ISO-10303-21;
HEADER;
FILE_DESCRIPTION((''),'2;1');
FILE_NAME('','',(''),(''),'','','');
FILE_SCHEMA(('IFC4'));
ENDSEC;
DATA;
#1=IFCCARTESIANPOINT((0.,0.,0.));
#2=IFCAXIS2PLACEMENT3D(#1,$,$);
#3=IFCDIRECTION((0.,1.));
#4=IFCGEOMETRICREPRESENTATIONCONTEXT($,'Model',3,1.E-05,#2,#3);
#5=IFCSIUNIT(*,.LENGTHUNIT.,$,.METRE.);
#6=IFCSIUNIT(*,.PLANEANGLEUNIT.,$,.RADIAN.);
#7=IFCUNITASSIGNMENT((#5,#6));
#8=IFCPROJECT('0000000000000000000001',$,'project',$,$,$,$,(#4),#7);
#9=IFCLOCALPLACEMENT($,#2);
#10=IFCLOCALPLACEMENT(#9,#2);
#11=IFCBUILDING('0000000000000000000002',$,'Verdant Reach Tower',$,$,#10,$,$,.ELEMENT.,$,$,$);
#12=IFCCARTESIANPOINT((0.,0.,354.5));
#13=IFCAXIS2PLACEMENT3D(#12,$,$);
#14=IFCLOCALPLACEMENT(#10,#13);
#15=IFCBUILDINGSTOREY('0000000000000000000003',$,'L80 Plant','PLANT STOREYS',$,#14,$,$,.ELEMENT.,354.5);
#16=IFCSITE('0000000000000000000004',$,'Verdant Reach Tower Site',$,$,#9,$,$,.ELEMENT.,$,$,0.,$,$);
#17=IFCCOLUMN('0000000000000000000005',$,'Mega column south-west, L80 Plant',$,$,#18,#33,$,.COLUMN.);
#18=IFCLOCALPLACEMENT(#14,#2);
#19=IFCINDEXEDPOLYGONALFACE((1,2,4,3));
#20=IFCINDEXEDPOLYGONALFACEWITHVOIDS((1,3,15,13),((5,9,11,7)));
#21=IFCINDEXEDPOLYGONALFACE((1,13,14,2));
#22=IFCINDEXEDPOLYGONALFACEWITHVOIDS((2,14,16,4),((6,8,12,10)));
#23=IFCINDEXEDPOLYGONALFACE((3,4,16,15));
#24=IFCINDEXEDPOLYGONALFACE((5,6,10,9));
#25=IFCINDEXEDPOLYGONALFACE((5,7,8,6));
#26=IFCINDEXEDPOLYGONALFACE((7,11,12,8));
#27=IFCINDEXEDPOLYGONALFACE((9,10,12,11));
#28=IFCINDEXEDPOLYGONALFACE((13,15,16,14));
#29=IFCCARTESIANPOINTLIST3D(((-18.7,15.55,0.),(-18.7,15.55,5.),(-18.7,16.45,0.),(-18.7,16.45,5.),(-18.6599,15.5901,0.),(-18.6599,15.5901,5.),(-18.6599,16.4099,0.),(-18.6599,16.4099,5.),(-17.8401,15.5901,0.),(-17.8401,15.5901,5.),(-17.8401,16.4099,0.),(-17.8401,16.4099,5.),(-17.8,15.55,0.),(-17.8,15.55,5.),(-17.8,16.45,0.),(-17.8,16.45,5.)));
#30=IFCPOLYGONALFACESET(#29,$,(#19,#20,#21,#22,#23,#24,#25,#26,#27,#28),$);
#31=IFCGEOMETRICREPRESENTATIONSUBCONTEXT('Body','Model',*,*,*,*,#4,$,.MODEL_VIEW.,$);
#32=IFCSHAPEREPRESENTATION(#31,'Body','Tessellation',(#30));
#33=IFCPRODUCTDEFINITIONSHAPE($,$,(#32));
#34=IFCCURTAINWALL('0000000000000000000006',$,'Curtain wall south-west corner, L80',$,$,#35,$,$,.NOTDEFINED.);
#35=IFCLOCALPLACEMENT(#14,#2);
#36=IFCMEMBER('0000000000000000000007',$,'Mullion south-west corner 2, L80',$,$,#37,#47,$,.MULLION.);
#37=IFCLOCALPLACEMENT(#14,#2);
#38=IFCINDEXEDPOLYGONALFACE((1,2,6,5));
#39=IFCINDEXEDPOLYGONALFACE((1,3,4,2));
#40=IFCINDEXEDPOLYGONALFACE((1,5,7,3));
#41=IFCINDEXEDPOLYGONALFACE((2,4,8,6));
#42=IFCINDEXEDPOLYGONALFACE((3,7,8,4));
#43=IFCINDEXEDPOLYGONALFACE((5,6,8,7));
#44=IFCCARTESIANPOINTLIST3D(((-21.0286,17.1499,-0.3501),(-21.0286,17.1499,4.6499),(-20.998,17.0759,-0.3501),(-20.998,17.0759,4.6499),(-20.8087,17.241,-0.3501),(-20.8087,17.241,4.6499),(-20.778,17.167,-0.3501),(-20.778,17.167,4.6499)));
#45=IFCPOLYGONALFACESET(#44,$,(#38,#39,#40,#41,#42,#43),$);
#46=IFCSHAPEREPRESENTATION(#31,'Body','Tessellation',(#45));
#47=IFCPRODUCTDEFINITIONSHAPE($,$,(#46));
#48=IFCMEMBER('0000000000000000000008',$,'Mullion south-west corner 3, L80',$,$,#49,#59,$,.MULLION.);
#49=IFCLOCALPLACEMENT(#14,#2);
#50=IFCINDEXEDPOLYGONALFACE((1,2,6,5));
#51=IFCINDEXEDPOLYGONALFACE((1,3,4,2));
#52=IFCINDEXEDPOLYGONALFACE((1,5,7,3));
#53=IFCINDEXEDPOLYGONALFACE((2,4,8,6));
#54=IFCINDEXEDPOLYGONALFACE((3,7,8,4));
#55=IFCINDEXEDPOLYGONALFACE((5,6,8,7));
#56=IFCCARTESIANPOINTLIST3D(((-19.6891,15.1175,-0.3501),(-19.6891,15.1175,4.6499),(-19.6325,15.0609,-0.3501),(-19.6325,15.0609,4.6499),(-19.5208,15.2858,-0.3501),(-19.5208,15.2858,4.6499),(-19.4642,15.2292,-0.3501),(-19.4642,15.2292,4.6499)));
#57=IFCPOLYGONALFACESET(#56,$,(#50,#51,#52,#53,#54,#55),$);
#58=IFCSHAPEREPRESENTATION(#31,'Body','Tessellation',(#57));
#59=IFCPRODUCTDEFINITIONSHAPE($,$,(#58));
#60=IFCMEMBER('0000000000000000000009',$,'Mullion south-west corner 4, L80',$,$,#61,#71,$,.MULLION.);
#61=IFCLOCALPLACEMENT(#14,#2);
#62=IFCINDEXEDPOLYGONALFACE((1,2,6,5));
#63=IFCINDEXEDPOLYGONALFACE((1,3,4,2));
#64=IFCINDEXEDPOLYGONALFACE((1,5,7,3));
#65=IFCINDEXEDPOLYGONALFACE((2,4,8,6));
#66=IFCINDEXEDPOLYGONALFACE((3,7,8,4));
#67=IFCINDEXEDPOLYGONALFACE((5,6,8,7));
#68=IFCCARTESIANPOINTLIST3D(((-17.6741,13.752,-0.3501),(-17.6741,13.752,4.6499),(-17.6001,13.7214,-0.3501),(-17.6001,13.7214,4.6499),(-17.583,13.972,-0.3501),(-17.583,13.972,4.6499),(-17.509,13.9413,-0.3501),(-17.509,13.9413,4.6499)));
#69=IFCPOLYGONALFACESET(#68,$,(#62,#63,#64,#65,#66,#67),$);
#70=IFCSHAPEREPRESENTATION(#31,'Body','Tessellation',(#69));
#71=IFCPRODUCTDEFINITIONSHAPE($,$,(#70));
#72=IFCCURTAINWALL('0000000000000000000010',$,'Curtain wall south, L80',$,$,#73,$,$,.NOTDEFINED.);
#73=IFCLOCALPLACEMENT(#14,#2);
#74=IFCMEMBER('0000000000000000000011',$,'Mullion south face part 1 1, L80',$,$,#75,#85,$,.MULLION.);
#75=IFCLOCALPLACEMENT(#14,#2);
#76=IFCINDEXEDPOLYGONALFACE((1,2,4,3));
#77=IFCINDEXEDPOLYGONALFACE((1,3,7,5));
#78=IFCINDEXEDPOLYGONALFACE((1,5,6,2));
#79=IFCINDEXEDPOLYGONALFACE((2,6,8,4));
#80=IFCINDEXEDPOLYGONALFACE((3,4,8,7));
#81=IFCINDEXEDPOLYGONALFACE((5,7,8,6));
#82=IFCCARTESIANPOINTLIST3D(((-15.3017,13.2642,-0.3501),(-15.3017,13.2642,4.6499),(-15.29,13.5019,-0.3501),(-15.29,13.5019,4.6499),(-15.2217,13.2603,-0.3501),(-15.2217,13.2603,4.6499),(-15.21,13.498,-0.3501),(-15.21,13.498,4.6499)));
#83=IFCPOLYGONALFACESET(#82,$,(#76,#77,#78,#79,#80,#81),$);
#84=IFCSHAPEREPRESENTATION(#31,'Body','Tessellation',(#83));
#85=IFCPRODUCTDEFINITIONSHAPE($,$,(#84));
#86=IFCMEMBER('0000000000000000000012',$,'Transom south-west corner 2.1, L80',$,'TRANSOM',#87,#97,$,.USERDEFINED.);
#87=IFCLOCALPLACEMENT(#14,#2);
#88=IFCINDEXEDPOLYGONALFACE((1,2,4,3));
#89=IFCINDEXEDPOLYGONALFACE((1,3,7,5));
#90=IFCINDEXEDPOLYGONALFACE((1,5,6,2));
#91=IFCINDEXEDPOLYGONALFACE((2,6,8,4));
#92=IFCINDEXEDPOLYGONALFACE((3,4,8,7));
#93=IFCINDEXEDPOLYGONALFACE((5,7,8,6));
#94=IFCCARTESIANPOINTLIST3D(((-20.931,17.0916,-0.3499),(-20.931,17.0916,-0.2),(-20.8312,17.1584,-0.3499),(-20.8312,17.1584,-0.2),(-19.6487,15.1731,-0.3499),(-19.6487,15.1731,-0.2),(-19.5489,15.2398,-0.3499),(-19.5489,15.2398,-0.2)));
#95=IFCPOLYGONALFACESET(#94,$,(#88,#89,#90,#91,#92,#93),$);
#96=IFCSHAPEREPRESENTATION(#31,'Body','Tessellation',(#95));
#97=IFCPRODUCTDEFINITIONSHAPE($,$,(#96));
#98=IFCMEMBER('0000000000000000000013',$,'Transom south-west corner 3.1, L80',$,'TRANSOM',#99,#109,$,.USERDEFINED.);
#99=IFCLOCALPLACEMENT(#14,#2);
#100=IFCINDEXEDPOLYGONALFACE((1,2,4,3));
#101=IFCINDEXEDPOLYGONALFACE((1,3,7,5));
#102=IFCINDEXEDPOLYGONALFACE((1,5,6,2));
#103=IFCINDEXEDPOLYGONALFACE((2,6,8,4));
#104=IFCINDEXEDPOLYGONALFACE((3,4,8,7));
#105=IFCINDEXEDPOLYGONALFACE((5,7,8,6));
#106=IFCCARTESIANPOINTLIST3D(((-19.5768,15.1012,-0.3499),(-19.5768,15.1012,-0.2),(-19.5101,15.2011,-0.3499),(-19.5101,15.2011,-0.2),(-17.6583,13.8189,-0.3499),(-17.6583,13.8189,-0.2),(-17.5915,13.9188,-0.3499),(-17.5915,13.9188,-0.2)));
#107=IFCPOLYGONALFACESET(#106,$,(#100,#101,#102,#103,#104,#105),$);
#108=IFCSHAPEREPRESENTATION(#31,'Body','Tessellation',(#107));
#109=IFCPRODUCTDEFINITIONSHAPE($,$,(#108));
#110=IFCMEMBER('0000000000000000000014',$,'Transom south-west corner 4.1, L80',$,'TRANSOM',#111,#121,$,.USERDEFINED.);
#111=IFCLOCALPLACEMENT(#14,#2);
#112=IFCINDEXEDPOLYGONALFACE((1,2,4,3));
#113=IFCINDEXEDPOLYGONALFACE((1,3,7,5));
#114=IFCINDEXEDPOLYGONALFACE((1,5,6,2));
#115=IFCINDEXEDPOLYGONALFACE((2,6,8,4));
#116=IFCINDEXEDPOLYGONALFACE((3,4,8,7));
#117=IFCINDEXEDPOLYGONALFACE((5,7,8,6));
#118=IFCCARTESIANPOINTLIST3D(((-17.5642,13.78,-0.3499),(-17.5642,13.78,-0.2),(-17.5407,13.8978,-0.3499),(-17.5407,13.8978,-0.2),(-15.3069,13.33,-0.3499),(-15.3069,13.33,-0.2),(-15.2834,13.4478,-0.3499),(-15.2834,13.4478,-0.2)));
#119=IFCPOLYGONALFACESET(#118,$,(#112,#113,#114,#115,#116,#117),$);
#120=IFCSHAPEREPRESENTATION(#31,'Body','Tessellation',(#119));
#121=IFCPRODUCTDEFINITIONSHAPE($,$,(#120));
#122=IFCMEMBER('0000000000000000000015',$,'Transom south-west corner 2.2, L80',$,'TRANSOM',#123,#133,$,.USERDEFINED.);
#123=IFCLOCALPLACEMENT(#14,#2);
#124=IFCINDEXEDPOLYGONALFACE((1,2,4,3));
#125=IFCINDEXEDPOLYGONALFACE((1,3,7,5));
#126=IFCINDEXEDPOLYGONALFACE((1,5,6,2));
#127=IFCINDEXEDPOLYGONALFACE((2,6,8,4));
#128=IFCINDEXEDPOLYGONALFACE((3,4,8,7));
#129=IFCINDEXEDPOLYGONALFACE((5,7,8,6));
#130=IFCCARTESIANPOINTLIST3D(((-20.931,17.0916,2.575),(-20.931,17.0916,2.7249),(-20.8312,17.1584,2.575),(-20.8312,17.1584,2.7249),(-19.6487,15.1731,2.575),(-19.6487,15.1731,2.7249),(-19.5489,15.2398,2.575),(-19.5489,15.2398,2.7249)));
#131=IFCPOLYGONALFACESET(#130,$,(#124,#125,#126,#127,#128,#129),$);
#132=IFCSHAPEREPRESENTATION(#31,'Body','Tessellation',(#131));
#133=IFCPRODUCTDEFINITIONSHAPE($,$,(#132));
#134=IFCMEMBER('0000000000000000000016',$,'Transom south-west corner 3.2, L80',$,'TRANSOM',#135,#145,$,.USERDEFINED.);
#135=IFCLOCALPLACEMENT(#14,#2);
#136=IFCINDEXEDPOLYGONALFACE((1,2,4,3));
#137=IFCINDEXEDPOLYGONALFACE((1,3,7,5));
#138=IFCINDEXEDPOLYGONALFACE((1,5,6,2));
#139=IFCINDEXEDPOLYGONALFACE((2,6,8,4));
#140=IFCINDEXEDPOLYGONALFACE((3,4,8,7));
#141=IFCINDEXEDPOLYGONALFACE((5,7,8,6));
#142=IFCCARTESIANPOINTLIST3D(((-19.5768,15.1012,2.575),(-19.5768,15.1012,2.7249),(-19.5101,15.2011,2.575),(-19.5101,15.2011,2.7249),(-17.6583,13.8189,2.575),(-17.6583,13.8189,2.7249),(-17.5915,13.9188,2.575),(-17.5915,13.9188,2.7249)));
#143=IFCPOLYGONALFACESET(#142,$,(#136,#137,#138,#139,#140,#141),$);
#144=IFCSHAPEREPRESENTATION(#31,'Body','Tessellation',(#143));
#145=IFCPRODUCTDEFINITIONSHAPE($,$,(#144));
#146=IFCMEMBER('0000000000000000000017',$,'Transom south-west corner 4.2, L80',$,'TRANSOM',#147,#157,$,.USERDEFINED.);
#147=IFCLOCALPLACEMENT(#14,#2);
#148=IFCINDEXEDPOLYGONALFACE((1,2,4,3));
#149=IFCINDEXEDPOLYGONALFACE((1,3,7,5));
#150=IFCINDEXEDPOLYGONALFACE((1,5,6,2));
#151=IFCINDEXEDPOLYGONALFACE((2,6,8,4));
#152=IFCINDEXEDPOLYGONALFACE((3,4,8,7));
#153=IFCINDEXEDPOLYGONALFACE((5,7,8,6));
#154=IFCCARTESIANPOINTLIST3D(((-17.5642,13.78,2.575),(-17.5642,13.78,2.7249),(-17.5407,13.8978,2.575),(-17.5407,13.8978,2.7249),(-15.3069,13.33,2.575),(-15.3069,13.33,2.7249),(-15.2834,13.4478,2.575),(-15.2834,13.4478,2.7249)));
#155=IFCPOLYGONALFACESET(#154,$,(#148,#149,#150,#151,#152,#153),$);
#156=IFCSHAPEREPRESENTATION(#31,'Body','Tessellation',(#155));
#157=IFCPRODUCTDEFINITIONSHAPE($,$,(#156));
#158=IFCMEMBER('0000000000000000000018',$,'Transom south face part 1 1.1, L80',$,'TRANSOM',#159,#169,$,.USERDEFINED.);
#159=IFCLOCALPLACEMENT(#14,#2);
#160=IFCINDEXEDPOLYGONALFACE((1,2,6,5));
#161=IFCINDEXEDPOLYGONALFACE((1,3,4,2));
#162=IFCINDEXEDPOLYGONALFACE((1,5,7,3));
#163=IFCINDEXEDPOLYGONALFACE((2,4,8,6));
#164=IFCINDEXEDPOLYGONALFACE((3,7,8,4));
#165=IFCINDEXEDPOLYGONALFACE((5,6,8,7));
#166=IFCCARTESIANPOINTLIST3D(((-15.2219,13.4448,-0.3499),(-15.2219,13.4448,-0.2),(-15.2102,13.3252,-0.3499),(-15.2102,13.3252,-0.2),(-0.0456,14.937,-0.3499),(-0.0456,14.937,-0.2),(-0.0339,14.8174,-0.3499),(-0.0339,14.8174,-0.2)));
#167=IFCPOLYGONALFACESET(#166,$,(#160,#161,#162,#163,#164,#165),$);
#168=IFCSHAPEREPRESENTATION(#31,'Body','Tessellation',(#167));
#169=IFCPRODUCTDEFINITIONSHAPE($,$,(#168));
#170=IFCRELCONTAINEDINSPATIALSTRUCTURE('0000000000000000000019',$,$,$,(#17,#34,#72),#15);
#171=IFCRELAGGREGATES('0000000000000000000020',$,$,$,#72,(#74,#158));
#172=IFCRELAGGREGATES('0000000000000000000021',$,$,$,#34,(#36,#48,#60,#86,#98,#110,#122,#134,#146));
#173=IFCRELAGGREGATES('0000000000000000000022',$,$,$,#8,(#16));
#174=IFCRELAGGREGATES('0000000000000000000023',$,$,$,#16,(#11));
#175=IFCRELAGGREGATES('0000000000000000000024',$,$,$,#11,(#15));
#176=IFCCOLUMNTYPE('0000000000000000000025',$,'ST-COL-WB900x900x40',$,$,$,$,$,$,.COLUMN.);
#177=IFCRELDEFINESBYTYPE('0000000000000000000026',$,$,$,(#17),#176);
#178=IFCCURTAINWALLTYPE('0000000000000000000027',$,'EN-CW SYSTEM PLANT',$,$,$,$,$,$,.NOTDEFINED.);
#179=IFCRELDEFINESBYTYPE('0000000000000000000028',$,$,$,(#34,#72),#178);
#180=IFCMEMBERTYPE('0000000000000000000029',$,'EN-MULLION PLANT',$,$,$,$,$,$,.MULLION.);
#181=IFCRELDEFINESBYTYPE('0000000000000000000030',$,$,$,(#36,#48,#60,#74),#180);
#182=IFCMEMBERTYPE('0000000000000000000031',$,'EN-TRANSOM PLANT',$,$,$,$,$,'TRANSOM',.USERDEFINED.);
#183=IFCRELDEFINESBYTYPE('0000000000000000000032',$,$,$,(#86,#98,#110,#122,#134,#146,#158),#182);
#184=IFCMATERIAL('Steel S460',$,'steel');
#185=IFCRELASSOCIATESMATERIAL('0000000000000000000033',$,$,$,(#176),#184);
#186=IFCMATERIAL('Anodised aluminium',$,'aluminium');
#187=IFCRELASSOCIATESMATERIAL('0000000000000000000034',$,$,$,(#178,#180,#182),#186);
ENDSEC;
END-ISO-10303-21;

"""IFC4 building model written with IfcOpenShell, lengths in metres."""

from ifc_helpers import new_model, si_unit, direction, frame, origin, origin_2d, place, context, subcontext, project, spatial, rectangle, hollow_rectangle, extrude, material, material_profile, profile_set, type_object, element, aggregate, save


model = new_model("IFC4")

# Units and contexts
model_context = context("Model", 3, precision=1e-05, world=origin(), true_north=direction((0.0, 1.0)))
body_context = subcontext(model_context, "Body", "Model", "MODEL_VIEW")
ifc_project = project(units=[si_unit("LENGTHUNIT", "METRE"), si_unit("PLANEANGLEUNIT", "RADIAN")], contexts=[model_context])

# Site, building, storey
site_placement = place(None, origin())
site = spatial("IfcSite", under=ifc_project, at=site_placement, Name="Verdant Reach Tower Site", CompositionType="ELEMENT", RefElevation=0.0)
building_placement = place(site_placement, origin())
building = spatial("IfcBuilding", under=site, at=building_placement, Name="Verdant Reach Tower", CompositionType="ELEMENT")
storey_placement = place(building_placement, frame((0.0, 0.0, 354.5)))
storey = spatial("IfcBuildingStorey", under=building, at=storey_placement, Name="L80 Plant", Description="PLANT STOREYS", CompositionType="ELEMENT", Elevation=354.5)

# Column
ifc_material_1 = material(Name="Steel S460", Category="steel")
ifc_material_profile_1 = material_profile(ifc_material_1, hollow_rectangle(XDim=0.8999, YDim=0.8999, WallThickness=0.04, at=origin_2d()), Name="WB 900x900x40")
ifc_profile_set_1 = profile_set([ifc_material_profile_1], Name="Steel S460")
column_type = type_object("IfcColumnType", Name="ST-COL-WB900x900x40", PredefinedType="COLUMN", material=ifc_profile_set_1)
column_placement = place(storey_placement, frame((-18.25, 16.0, 0.0), z_axis=(0.0, 0.0, 1.0), x_axis=(1.0, 0.0, 0.0)))
element("IfcColumn", 1, at=column_placement, inside=storey, type_object=column_type, Name="Mega column south-west, L80 Plant", PredefinedType="COLUMN", context=body_context, shape_type="SweptSolid", body=[
    extrude(hollow_rectangle(XDim=0.8999, YDim=0.8999, WallThickness=0.04, at=origin_2d()), origin(), (0.0, 0.0, 1.0), 5.0),
])

# Curtain wall, members
ifc_material_2 = material(Name="Anodised aluminium", Category="aluminium")
curtain_wall_type = type_object("IfcCurtainWallType", Name="EN-CW SYSTEM PLANT", PredefinedType="NOTDEFINED", material=ifc_material_2)
curtain_wall_1_placement = place(storey_placement, origin())
curtain_wall_1 = element("IfcCurtainWall", 2, at=curtain_wall_1_placement, inside=storey, type_object=curtain_wall_type, Name="Curtain wall south-west corner, L80", PredefinedType="NOTDEFINED")
ifc_material_profile_2 = material_profile(ifc_material_2, rectangle(XDim=0.238, YDim=0.0801, at=origin_2d()), Name="Mullion 80x240")
ifc_profile_set_2 = profile_set([ifc_material_profile_2], Name="Anodised aluminium")
member_type_1 = type_object("IfcMemberType", Name="EN-MULLION PLANT", PredefinedType="MULLION", material=ifc_profile_set_2)
member_1_placement = place(storey_placement, frame((-20.9033, 17.1584, -0.3501), z_axis=(0.0, 0.0, 1.0), x_axis=(-0.923875, -0.382694, 0.0)))
member_1 = element("IfcMember", 3, at=member_1_placement, type_object=member_type_1, Name="Mullion south-west corner 2, L80", PredefinedType="MULLION", context=body_context, shape_type="SweptSolid", body=[
    extrude(rectangle(XDim=0.238, YDim=0.0801, at=origin_2d()), origin(), (0.0, 0.0, 1.0), 5.0),
])
member_2_placement = place(storey_placement, frame((-19.5767, 15.1733, -0.3501), z_axis=(0.0, 0.0, 1.0), x_axis=(-0.707107, -0.707107, 0.0)))
member_2 = element("IfcMember", 4, at=member_2_placement, type_object=member_type_1, Name="Mullion south-west corner 3, L80", PredefinedType="MULLION", context=body_context, shape_type="SweptSolid", body=[
    extrude(rectangle(XDim=0.238, YDim=0.0801, at=origin_2d()), origin(), (0.0, 0.0, 1.0), 5.0),
])
member_3_placement = place(storey_placement, frame((-17.5916, 13.8467, -0.3501), z_axis=(0.0, 0.0, 1.0), x_axis=(-0.382694, -0.923875, 0.0)))
member_3 = element("IfcMember", 5, at=member_3_placement, type_object=member_type_1, Name="Mullion south-west corner 4, L80", PredefinedType="MULLION", context=body_context, shape_type="SweptSolid", body=[
    extrude(rectangle(XDim=0.238, YDim=0.0801, at=origin_2d()), origin(), (0.0, 0.0, 1.0), 5.0),
])

# Curtain wall, member
curtain_wall_2_placement = place(storey_placement, origin())
curtain_wall_2 = element("IfcCurtainWall", 6, at=curtain_wall_2_placement, inside=storey, type_object=curtain_wall_type, Name="Curtain wall south, L80", PredefinedType="NOTDEFINED")
member_4_placement = place(storey_placement, frame((-15.2559, 13.3811, -0.3501), z_axis=(0.0, 0.0, 1.0), x_axis=(-0.049128, -0.998793, 0.0)))
member_4 = element("IfcMember", 7, at=member_4_placement, type_object=member_type_1, Name="Mullion south face part 1 1, L80", PredefinedType="MULLION", context=body_context, shape_type="SweptSolid", body=[
    extrude(rectangle(XDim=0.238, YDim=0.0801, at=origin_2d()), origin(), (0.0, 0.0, 1.0), 5.0),
])

# Members
ifc_material_profile_3 = material_profile(ifc_material_2, rectangle(XDim=0.1201, YDim=0.1499, at=origin_2d()), Name="Transom 150x120")
ifc_profile_set_3 = profile_set([ifc_material_profile_3], Name="Anodised aluminium")
member_type_2 = type_object("IfcMemberType", Name="EN-TRANSOM PLANT", ElementType="TRANSOM", PredefinedType="USERDEFINED", material=ifc_profile_set_3)
member_5_placement = place(storey_placement, frame((-20.8811, 17.125, -0.2749), z_axis=(0.555676, -0.831399, 0.0), x_axis=(0.831399, 0.555676, 0.0)))
member_5 = element("IfcMember", 8, at=member_5_placement, type_object=member_type_2, Name="Transom south-west corner 2.1, L80", ObjectType="TRANSOM", PredefinedType="USERDEFINED", context=body_context, shape_type="SweptSolid", body=[
    extrude(rectangle(XDim=0.1201, YDim=0.1499, at=origin_2d()), origin(), (0.0, 0.0, 1.0), 2.3076),
])
member_6_placement = place(storey_placement, frame((-19.5435, 15.1511, -0.2749), z_axis=(0.831399, -0.555676, 0.0), x_axis=(0.555676, 0.831399, 0.0)))
member_6 = element("IfcMember", 9, at=member_6_placement, type_object=member_type_2, Name="Transom south-west corner 3.1, L80", ObjectType="TRANSOM", PredefinedType="USERDEFINED", context=body_context, shape_type="SweptSolid", body=[
    extrude(rectangle(XDim=0.1201, YDim=0.1499, at=origin_2d()), origin(), (0.0, 0.0, 1.0), 2.3076),
])
member_7_placement = place(storey_placement, frame((-17.5525, 13.8389, -0.2749), z_axis=(0.980707, -0.195484, 0.0), x_axis=(0.195484, 0.980707, 0.0)))
member_7 = element("IfcMember", 10, at=member_7_placement, type_object=member_type_2, Name="Transom south-west corner 4.1, L80", ObjectType="TRANSOM", PredefinedType="USERDEFINED", context=body_context, shape_type="SweptSolid", body=[
    extrude(rectangle(XDim=0.1201, YDim=0.1499, at=origin_2d()), origin(), (0.0, 0.0, 1.0), 2.3018),
])
member_8_placement = place(storey_placement, frame((-20.8811, 17.125, 2.6499), z_axis=(0.555676, -0.831399, 0.0), x_axis=(0.831399, 0.555676, 0.0)))
member_8 = element("IfcMember", 11, at=member_8_placement, type_object=member_type_2, Name="Transom south-west corner 2.2, L80", ObjectType="TRANSOM", PredefinedType="USERDEFINED", context=body_context, shape_type="SweptSolid", body=[
    extrude(rectangle(XDim=0.1201, YDim=0.1499, at=origin_2d()), origin(), (0.0, 0.0, 1.0), 2.3076),
])
member_9_placement = place(storey_placement, frame((-19.5435, 15.1511, 2.6499), z_axis=(0.831399, -0.555676, 0.0), x_axis=(0.555676, 0.831399, 0.0)))
member_9 = element("IfcMember", 12, at=member_9_placement, type_object=member_type_2, Name="Transom south-west corner 3.2, L80", ObjectType="TRANSOM", PredefinedType="USERDEFINED", context=body_context, shape_type="SweptSolid", body=[
    extrude(rectangle(XDim=0.1201, YDim=0.1499, at=origin_2d()), origin(), (0.0, 0.0, 1.0), 2.3076),
])
member_10_placement = place(storey_placement, frame((-17.5525, 13.8389, 2.6499), z_axis=(0.980707, -0.195484, 0.0), x_axis=(0.195484, 0.980707, 0.0)))
member_10 = element("IfcMember", 13, at=member_10_placement, type_object=member_type_2, Name="Transom south-west corner 4.2, L80", ObjectType="TRANSOM", PredefinedType="USERDEFINED", context=body_context, shape_type="SweptSolid", body=[
    extrude(rectangle(XDim=0.1201, YDim=0.1499, at=origin_2d()), origin(), (0.0, 0.0, 1.0), 2.3018),
])
member_11_placement = place(storey_placement, frame((-15.2161, 13.385, -0.2749), z_axis=(0.995201, 0.097852, 0.0), x_axis=(-0.097852, 0.995201, 0.0)))
member_11 = element("IfcMember", 14, at=member_11_placement, type_object=member_type_2, Name="Transom south face part 1 1.1, L80", ObjectType="TRANSOM", PredefinedType="USERDEFINED", context=body_context, shape_type="SweptSolid", body=[
    extrude(rectangle(XDim=0.1201, YDim=0.1499, at=origin_2d()), origin(), (0.0, 0.0, 1.0), 15.2495),
])
aggregate(curtain_wall_2, [member_4, member_11])

aggregate(curtain_wall_1, [member_1, member_2, member_3, member_5, member_6, member_7, member_8, member_9, member_10])

save(model, "model.ifc")
